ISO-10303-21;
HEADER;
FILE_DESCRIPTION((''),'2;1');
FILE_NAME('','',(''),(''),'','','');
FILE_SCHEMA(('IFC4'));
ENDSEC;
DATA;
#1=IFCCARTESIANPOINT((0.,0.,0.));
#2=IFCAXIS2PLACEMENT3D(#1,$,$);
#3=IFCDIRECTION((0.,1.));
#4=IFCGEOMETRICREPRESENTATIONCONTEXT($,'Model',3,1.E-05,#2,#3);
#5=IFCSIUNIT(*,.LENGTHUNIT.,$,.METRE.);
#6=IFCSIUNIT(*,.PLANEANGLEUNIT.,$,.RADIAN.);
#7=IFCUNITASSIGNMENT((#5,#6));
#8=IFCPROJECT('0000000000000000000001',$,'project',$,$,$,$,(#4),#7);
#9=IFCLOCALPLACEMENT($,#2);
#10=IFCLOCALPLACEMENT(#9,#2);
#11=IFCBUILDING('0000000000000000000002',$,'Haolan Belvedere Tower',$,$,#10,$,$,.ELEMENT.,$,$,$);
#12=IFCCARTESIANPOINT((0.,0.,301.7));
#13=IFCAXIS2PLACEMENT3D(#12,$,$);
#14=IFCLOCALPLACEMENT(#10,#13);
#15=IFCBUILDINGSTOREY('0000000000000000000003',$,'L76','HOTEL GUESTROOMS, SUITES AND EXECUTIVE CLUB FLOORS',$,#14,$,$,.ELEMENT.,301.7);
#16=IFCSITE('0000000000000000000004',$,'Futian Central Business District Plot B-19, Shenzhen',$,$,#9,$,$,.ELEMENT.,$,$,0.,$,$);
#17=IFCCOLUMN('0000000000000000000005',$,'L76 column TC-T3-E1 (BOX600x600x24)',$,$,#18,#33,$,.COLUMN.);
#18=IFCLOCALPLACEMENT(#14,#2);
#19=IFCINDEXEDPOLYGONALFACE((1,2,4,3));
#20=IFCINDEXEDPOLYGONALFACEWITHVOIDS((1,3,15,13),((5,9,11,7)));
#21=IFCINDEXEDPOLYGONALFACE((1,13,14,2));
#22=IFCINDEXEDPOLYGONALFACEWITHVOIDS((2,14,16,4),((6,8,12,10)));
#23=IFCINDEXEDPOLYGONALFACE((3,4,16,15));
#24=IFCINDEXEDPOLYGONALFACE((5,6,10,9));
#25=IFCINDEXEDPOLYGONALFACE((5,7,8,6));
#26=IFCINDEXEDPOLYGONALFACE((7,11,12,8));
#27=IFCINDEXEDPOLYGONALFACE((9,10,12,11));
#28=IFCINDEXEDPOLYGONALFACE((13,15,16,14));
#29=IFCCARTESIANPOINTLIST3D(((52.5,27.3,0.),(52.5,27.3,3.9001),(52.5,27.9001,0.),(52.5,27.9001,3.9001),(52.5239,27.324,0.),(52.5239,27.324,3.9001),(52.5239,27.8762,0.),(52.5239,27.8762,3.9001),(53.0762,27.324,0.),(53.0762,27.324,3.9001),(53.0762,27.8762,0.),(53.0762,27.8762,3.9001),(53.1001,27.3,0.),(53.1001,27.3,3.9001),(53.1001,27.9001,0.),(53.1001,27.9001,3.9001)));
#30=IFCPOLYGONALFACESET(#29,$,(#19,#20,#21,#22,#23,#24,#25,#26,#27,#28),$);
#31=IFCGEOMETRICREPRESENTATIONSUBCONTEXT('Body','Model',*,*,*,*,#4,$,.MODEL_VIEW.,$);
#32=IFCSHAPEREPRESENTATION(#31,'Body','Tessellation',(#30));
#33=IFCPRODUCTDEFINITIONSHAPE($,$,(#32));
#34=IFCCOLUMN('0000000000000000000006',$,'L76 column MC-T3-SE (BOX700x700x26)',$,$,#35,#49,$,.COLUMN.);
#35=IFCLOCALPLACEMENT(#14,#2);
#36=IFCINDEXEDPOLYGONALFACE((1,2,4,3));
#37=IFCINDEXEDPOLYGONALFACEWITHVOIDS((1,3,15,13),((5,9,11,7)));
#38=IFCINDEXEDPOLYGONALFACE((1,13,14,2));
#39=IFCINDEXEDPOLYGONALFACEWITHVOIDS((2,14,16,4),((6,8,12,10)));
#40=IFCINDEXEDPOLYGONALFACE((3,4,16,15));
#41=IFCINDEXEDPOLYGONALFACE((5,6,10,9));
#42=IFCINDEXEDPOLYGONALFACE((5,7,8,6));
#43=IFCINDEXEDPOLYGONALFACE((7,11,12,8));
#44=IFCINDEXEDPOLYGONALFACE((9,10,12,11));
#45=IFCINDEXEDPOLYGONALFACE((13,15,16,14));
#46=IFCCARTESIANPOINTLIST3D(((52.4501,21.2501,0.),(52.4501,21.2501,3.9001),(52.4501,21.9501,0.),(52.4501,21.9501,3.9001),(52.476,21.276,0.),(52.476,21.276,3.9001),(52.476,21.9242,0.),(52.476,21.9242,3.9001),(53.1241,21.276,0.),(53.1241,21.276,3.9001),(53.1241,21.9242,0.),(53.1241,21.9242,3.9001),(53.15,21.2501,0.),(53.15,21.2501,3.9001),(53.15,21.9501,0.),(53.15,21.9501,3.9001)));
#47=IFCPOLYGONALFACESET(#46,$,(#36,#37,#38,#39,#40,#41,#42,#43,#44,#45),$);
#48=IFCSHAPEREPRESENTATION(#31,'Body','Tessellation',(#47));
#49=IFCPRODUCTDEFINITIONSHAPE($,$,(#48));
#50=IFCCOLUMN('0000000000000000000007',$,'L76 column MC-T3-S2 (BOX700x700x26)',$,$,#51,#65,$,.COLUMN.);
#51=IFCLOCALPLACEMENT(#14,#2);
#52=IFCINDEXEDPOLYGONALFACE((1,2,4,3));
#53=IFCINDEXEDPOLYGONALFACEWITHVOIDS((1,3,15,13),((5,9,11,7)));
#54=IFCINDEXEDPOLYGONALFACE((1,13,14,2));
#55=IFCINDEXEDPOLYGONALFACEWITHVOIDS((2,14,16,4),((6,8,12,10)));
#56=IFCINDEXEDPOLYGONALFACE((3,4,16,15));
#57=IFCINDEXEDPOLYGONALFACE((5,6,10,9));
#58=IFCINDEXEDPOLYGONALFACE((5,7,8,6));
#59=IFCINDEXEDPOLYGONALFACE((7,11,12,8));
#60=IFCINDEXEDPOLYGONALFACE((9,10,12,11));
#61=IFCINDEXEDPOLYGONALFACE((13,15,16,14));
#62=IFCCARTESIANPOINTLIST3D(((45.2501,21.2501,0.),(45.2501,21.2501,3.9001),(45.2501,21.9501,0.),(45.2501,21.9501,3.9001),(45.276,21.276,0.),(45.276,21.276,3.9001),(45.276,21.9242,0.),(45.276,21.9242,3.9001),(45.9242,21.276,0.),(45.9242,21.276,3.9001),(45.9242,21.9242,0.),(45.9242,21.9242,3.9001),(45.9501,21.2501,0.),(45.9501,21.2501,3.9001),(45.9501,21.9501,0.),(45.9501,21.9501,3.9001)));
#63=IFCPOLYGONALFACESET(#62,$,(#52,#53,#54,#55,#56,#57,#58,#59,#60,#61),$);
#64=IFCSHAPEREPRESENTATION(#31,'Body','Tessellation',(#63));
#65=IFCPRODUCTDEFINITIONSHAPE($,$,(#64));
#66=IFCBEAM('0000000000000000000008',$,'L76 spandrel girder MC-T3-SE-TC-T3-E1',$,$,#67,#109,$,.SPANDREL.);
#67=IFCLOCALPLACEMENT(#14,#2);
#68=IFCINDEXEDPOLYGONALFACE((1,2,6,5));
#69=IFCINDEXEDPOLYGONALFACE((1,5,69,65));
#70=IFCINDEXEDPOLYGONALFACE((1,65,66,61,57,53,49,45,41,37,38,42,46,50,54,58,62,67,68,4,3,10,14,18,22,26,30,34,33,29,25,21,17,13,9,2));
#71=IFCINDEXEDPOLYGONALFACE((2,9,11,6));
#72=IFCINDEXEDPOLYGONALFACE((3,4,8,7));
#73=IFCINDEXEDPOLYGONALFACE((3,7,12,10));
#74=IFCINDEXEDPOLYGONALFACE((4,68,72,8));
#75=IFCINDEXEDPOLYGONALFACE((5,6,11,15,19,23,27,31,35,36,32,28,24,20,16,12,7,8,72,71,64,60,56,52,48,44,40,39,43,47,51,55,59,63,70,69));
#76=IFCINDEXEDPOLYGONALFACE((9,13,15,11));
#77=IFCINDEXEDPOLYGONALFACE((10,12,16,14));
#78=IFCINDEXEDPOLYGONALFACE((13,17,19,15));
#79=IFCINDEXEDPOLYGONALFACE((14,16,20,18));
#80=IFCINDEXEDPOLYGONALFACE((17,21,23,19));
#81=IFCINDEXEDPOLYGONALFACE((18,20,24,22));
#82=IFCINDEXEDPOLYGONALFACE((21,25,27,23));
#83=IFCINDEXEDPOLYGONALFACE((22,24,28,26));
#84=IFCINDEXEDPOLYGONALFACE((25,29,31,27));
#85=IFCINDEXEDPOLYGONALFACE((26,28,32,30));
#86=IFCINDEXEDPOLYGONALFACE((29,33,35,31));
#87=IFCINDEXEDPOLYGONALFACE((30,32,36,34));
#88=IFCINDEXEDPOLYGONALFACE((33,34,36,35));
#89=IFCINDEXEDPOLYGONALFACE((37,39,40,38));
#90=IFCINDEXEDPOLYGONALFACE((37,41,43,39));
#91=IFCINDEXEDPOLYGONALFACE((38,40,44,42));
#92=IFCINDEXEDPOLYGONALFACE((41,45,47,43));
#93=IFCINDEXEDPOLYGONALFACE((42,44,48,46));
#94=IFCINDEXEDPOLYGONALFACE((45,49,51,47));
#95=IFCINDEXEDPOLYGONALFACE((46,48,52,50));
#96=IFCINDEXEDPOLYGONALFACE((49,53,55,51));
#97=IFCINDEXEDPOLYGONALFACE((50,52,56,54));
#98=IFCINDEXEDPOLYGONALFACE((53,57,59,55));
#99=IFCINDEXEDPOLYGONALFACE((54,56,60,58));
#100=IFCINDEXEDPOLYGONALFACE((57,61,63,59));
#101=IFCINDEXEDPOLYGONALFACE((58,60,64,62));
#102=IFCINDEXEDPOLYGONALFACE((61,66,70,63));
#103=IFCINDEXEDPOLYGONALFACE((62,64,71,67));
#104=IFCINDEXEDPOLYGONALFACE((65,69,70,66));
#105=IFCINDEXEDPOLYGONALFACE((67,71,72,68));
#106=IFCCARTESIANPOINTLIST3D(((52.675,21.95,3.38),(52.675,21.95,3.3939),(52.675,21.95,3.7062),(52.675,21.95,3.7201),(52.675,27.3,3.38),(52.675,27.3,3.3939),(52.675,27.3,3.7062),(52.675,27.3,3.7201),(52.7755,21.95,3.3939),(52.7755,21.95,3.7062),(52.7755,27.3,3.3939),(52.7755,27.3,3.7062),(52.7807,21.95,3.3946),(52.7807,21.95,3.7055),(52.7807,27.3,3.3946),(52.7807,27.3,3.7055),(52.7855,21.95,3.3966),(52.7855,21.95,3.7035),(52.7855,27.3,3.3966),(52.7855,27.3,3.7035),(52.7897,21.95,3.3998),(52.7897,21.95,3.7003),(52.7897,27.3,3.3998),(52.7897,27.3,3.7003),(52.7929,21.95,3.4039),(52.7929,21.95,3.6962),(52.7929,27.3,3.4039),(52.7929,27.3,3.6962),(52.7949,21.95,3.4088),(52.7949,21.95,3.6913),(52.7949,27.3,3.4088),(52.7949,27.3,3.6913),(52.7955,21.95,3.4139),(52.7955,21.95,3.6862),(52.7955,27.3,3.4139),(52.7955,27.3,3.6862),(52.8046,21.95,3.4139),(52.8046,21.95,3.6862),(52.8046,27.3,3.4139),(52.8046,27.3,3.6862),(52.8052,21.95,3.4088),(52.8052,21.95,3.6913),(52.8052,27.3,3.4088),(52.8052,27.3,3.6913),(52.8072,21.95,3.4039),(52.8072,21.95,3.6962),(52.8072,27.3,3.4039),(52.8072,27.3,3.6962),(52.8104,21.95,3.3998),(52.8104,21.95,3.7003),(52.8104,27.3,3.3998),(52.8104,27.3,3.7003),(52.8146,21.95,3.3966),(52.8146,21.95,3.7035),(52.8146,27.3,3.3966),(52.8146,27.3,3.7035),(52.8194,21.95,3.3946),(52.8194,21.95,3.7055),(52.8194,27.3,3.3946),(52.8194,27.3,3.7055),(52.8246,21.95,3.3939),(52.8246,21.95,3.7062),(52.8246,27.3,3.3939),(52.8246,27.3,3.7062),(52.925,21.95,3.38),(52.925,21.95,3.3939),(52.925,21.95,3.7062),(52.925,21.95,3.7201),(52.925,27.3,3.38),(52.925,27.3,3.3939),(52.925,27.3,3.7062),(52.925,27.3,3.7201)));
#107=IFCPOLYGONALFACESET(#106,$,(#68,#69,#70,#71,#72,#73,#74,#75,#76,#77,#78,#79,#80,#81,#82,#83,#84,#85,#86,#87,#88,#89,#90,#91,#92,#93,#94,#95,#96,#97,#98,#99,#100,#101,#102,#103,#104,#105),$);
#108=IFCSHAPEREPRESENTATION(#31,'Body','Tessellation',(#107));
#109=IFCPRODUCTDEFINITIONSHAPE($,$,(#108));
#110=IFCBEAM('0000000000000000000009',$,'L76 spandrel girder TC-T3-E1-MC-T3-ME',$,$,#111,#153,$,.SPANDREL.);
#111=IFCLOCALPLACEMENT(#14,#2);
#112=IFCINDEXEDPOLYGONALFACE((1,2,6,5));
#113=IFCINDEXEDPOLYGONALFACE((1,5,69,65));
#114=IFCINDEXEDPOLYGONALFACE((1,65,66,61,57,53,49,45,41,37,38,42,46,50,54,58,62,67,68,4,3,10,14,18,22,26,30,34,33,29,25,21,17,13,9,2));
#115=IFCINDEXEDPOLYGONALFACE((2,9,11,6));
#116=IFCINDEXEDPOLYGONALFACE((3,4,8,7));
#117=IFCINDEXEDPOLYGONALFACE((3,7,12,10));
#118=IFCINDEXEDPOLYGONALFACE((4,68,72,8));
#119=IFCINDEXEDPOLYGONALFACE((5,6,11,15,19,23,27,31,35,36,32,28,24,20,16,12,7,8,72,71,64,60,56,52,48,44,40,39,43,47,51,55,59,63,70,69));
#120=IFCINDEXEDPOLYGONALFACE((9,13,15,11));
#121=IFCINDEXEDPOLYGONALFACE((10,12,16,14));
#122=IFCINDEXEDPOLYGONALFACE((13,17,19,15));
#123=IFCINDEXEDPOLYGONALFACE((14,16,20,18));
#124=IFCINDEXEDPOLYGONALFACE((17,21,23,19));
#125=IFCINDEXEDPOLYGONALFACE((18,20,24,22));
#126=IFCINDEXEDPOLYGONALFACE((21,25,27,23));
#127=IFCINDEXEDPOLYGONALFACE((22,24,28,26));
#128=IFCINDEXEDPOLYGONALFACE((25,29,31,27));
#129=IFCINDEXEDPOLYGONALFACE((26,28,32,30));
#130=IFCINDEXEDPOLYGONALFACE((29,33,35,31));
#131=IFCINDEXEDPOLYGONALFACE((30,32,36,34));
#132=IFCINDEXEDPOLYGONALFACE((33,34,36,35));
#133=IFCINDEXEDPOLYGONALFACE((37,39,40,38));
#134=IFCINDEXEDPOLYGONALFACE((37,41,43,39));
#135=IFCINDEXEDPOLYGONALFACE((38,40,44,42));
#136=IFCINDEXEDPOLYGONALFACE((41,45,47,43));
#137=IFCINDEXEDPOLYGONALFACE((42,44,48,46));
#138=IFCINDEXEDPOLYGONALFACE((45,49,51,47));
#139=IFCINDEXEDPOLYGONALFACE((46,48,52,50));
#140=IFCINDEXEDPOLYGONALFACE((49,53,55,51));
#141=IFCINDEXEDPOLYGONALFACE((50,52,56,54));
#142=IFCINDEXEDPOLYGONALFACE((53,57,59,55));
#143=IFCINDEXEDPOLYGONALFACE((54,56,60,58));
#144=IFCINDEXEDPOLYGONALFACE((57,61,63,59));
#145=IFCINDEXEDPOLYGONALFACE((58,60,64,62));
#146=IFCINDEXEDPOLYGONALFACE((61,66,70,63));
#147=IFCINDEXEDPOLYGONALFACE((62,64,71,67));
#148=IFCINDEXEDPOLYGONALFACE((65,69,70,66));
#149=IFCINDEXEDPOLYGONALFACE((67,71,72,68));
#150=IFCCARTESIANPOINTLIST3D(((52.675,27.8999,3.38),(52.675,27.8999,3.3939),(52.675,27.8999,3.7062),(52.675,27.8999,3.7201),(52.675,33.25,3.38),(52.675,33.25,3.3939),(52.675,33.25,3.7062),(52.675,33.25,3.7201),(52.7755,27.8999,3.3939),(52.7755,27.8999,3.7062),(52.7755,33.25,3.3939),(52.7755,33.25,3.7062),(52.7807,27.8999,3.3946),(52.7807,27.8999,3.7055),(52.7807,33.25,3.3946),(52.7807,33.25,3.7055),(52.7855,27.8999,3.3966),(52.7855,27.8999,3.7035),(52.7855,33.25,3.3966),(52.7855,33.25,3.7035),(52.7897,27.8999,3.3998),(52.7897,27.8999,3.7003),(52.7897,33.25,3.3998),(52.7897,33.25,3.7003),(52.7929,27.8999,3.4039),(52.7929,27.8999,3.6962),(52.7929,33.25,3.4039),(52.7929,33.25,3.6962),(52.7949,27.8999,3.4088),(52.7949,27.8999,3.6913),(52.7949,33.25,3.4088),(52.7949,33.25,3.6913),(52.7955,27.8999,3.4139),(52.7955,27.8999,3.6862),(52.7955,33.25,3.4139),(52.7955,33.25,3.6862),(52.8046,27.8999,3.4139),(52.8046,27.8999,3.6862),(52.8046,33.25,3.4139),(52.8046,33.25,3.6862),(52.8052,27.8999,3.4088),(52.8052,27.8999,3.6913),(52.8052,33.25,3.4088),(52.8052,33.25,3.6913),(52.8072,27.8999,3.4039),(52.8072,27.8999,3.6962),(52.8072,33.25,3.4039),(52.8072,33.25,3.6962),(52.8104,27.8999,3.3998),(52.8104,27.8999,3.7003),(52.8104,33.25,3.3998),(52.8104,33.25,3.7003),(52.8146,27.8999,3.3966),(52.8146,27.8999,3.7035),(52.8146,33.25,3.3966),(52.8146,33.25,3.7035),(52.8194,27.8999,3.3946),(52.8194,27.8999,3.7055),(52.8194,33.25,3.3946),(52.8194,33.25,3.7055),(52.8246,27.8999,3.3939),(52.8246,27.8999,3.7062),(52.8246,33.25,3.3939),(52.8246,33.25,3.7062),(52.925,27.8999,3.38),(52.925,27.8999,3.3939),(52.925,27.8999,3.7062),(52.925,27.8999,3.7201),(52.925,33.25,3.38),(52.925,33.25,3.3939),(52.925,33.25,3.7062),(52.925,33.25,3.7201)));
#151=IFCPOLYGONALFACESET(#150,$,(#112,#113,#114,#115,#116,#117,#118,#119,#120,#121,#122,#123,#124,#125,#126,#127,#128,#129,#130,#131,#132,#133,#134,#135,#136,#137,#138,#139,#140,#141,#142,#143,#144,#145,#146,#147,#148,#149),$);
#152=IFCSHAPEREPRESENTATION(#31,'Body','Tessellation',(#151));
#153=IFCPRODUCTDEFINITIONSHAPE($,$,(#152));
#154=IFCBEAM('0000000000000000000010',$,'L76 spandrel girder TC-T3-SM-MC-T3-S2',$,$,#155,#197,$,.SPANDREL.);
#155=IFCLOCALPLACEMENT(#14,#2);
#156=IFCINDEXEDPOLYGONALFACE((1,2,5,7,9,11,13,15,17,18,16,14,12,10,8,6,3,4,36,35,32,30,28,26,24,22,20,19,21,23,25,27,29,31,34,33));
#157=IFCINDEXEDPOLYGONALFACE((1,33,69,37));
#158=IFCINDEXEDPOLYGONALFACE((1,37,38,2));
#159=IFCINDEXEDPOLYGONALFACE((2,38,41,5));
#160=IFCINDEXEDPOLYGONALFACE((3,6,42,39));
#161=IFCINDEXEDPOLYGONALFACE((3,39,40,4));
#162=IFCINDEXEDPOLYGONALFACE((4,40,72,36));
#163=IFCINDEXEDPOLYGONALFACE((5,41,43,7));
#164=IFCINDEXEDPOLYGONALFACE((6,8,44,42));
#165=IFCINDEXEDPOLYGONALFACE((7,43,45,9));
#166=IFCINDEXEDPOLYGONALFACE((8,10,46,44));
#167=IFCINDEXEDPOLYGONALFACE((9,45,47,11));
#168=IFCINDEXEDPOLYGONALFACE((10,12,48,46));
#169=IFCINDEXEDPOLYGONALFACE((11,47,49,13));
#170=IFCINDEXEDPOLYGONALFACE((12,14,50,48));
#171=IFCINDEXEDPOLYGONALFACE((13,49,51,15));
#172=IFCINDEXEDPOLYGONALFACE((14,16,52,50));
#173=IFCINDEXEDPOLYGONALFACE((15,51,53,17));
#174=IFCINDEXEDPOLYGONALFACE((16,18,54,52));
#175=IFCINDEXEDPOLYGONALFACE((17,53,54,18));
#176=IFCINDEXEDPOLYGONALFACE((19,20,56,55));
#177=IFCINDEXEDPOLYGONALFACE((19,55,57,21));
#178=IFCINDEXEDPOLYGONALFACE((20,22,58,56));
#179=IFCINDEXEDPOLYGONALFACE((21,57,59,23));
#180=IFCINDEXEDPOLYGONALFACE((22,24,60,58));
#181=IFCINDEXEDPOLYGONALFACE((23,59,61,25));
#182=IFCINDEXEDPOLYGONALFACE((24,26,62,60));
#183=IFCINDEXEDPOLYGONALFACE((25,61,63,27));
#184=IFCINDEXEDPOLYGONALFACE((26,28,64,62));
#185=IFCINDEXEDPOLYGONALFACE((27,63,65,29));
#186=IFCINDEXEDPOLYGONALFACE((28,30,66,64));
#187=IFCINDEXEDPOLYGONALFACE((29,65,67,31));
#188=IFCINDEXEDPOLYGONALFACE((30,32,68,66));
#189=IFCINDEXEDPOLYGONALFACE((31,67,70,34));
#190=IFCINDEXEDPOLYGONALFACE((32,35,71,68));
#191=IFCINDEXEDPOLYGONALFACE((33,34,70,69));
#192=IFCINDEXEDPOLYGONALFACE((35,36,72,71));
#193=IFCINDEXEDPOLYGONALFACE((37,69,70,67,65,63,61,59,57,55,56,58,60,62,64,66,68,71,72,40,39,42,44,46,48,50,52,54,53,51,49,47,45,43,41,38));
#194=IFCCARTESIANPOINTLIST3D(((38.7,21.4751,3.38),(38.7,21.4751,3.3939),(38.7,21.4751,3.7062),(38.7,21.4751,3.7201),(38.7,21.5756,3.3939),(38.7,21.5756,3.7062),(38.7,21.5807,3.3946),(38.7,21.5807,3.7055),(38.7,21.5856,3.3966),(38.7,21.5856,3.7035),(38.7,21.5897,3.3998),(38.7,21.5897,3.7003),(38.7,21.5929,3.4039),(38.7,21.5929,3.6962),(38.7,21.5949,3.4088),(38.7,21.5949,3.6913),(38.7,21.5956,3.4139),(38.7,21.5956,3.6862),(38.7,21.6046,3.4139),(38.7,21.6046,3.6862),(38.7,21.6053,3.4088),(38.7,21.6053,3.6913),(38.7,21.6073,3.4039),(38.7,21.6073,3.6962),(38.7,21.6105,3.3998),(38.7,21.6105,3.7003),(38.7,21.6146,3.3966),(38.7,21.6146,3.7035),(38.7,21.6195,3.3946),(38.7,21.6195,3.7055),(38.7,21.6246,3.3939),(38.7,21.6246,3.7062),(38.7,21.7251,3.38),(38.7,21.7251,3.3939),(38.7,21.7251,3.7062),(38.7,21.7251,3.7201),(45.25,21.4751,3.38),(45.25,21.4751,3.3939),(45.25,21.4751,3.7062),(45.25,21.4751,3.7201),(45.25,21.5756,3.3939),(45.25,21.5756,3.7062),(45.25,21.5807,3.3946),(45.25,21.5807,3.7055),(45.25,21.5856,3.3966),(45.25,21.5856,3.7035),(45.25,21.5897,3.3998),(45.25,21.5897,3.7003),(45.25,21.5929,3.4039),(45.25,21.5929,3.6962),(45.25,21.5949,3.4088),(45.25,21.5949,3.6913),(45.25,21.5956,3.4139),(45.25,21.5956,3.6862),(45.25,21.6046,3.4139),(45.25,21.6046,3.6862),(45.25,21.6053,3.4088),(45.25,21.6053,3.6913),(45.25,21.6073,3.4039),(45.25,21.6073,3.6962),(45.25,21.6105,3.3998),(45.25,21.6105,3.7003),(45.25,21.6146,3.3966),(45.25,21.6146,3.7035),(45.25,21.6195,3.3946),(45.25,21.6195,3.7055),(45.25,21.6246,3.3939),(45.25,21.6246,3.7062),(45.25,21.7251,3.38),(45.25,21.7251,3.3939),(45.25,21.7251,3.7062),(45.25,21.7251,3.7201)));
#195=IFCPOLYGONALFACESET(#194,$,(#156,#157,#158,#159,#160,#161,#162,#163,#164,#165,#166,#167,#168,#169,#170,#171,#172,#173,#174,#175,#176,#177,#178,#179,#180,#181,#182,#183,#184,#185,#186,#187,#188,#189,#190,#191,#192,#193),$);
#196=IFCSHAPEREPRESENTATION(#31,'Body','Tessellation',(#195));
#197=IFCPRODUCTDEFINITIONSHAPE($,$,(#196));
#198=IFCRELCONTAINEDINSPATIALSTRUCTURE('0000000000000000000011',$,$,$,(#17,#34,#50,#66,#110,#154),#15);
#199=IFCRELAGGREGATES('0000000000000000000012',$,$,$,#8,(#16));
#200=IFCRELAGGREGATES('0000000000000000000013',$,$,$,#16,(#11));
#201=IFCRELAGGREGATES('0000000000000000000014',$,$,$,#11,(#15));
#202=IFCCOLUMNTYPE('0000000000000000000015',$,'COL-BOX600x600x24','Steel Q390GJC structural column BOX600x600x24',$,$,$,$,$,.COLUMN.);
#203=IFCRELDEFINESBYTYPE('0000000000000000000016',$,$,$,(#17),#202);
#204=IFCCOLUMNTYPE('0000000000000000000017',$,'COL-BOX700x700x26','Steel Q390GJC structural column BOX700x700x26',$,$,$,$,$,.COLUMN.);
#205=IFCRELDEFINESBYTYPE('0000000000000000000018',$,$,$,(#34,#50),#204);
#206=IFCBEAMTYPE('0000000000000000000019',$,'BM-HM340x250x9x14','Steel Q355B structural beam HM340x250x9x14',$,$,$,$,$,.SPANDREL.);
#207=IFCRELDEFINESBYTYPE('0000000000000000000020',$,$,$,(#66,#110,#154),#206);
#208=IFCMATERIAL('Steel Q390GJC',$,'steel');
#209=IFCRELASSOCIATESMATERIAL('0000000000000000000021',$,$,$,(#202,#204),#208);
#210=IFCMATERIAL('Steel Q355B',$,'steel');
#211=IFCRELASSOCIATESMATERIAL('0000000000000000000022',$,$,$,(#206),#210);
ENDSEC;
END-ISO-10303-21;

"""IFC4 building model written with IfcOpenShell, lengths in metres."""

from ifc_helpers import new_model, si_unit, direction, frame, origin, origin_2d, place, context, subcontext, project, spatial, hollow_rectangle, i_section, extrude, material, material_profile, profile_set, type_object, element, save


model = new_model("IFC4")

# Units and contexts
model_context = context("Model", 3, precision=1e-05, world=origin(), true_north=direction((0.0, 1.0)))
body_context = subcontext(model_context, "Body", "Model", "MODEL_VIEW")
ifc_project = project(units=[si_unit("LENGTHUNIT", "METRE"), si_unit("PLANEANGLEUNIT", "RADIAN")], contexts=[model_context])

# Site, building, storey
site_placement = place(None, origin())
site = spatial("IfcSite", under=ifc_project, at=site_placement, Name="Futian Central Business District Plot B-19, Shenzhen", CompositionType="ELEMENT", RefElevation=0.0)
building_placement = place(site_placement, origin())
building = spatial("IfcBuilding", under=site, at=building_placement, Name="Haolan Belvedere Tower", CompositionType="ELEMENT")
storey_placement = place(building_placement, frame((0.0, 0.0, 301.7)))
storey = spatial("IfcBuildingStorey", under=building, at=storey_placement, Name="L76", Description="HOTEL GUESTROOMS, SUITES AND EXECUTIVE CLUB FLOORS", CompositionType="ELEMENT", Elevation=301.7)

# Columns
ifc_material_1 = material(Name="Steel Q390GJC", Category="steel")
ifc_material_profile_1 = material_profile(ifc_material_1, hollow_rectangle(XDim=0.6001, YDim=0.6001, WallThickness=0.0239, at=origin_2d()), Name="Steel Q390GJC")
ifc_profile_set_1 = profile_set([ifc_material_profile_1], Name="Steel Q390GJC")
column_type_1 = type_object("IfcColumnType", Name="COL-BOX600x600x24", Description="Steel Q390GJC structural column BOX600x600x24", PredefinedType="COLUMN", material=ifc_profile_set_1)
column_placement = place(storey_placement, frame((52.8, 27.6001, 0.0), z_axis=(0.0, 0.0, 1.0), x_axis=(1.0, 0.0, 0.0)))
element("IfcColumn", 1, at=column_placement, inside=storey, type_object=column_type_1, Name="L76 column TC-T3-E1 (BOX600x600x24)", PredefinedType="COLUMN", context=body_context, shape_type="SweptSolid", body=[
    extrude(hollow_rectangle(XDim=0.6001, YDim=0.6001, WallThickness=0.0239, at=origin_2d()), origin(), (0.0, 0.0, 1.0), 3.9001),
])
ifc_material_profile_2 = material_profile(ifc_material_1, hollow_rectangle(XDim=0.7, YDim=0.7, WallThickness=0.0259, at=origin_2d()), Name="Steel Q390GJC")
ifc_profile_set_2 = profile_set([ifc_material_profile_2], Name="Steel Q390GJC")
column_type_2 = type_object("IfcColumnType", Name="COL-BOX700x700x26", Description="Steel Q390GJC structural column BOX700x700x26", PredefinedType="COLUMN", material=ifc_profile_set_2)
for number, where, z_axis, x_axis, name in (
    (2, (52.8, 21.6001, 0.0), (0.0, 0.0, 1.0), (1.0, 0.0, 0.0), "L76 column MC-T3-SE (BOX700x700x26)"),
    (3, (45.6001, 21.6001, 0.0), (0.0, 0.0, 1.0), (1.0, 0.0, 0.0), "L76 column MC-T3-S2 (BOX700x700x26)"),
):
    element("IfcColumn", number, at=place(storey_placement, frame(where, z_axis=z_axis, x_axis=x_axis)), inside=storey, type_object=column_type_2, Name=name, PredefinedType="COLUMN", context=body_context, shape_type="SweptSolid", body=[
        extrude(hollow_rectangle(XDim=0.7, YDim=0.7, WallThickness=0.0259, at=origin_2d()), origin(), (0.0, 0.0, 1.0), 3.9001),
    ])

# Beams
ifc_material_2 = material(Name="Steel Q355B", Category="steel")
ifc_material_profile_3 = material_profile(ifc_material_2, i_section(OverallWidth=0.25, OverallDepth=0.3401, WebThickness=0.009, FlangeThickness=0.0139, FilletRadius=0.02, at=origin_2d()), Name="Steel Q355B")
ifc_profile_set_3 = profile_set([ifc_material_profile_3], Name="Steel Q355B")
beam_type_1 = type_object("IfcBeamType", Name="BM-HM340x250x9x14", Description="Steel Q355B structural beam HM340x250x9x14", PredefinedType="SPANDREL", material=ifc_profile_set_3)
for number, where, z_axis, x_axis, name in (
    (4, (52.8, 21.95, 3.55), (0.0, 1.0, 0.0), (-1.0, 0.0, 0.0), "L76 spandrel girder MC-T3-SE-TC-T3-E1"),
    (5, (52.8, 27.8999, 3.55), (0.0, 1.0, 0.0), (-1.0, 0.0, 0.0), "L76 spandrel girder TC-T3-E1-MC-T3-ME"),
):
    element("IfcBeam", number, at=place(storey_placement, frame(where, z_axis=z_axis, x_axis=x_axis)), inside=storey, type_object=beam_type_1, Name=name, PredefinedType="SPANDREL", context=body_context, shape_type="SweptSolid", body=[
        extrude(i_section(OverallWidth=0.25, OverallDepth=0.3401, WebThickness=0.009, FlangeThickness=0.0139, FilletRadius=0.02, at=origin_2d()), origin(), (0.0, 0.0, 1.0), 5.3501),
    ])
beam_1_placement = place(storey_placement, frame((38.7, 21.6001, 3.55), z_axis=(1.0, 0.0, 0.0), x_axis=(0.0, 1.0, 0.0)))
element("IfcBeam", 6, at=beam_1_placement, inside=storey, type_object=beam_type_1, Name="L76 spandrel girder TC-T3-SM-MC-T3-S2", PredefinedType="SPANDREL", context=body_context, shape_type="SweptSolid", body=[
    extrude(i_section(OverallWidth=0.25, OverallDepth=0.3401, WebThickness=0.009, FlangeThickness=0.0139, FilletRadius=0.02, at=origin_2d()), origin(), (0.0, 0.0, 1.0), 6.55),
])

save(model, "model.ifc")
